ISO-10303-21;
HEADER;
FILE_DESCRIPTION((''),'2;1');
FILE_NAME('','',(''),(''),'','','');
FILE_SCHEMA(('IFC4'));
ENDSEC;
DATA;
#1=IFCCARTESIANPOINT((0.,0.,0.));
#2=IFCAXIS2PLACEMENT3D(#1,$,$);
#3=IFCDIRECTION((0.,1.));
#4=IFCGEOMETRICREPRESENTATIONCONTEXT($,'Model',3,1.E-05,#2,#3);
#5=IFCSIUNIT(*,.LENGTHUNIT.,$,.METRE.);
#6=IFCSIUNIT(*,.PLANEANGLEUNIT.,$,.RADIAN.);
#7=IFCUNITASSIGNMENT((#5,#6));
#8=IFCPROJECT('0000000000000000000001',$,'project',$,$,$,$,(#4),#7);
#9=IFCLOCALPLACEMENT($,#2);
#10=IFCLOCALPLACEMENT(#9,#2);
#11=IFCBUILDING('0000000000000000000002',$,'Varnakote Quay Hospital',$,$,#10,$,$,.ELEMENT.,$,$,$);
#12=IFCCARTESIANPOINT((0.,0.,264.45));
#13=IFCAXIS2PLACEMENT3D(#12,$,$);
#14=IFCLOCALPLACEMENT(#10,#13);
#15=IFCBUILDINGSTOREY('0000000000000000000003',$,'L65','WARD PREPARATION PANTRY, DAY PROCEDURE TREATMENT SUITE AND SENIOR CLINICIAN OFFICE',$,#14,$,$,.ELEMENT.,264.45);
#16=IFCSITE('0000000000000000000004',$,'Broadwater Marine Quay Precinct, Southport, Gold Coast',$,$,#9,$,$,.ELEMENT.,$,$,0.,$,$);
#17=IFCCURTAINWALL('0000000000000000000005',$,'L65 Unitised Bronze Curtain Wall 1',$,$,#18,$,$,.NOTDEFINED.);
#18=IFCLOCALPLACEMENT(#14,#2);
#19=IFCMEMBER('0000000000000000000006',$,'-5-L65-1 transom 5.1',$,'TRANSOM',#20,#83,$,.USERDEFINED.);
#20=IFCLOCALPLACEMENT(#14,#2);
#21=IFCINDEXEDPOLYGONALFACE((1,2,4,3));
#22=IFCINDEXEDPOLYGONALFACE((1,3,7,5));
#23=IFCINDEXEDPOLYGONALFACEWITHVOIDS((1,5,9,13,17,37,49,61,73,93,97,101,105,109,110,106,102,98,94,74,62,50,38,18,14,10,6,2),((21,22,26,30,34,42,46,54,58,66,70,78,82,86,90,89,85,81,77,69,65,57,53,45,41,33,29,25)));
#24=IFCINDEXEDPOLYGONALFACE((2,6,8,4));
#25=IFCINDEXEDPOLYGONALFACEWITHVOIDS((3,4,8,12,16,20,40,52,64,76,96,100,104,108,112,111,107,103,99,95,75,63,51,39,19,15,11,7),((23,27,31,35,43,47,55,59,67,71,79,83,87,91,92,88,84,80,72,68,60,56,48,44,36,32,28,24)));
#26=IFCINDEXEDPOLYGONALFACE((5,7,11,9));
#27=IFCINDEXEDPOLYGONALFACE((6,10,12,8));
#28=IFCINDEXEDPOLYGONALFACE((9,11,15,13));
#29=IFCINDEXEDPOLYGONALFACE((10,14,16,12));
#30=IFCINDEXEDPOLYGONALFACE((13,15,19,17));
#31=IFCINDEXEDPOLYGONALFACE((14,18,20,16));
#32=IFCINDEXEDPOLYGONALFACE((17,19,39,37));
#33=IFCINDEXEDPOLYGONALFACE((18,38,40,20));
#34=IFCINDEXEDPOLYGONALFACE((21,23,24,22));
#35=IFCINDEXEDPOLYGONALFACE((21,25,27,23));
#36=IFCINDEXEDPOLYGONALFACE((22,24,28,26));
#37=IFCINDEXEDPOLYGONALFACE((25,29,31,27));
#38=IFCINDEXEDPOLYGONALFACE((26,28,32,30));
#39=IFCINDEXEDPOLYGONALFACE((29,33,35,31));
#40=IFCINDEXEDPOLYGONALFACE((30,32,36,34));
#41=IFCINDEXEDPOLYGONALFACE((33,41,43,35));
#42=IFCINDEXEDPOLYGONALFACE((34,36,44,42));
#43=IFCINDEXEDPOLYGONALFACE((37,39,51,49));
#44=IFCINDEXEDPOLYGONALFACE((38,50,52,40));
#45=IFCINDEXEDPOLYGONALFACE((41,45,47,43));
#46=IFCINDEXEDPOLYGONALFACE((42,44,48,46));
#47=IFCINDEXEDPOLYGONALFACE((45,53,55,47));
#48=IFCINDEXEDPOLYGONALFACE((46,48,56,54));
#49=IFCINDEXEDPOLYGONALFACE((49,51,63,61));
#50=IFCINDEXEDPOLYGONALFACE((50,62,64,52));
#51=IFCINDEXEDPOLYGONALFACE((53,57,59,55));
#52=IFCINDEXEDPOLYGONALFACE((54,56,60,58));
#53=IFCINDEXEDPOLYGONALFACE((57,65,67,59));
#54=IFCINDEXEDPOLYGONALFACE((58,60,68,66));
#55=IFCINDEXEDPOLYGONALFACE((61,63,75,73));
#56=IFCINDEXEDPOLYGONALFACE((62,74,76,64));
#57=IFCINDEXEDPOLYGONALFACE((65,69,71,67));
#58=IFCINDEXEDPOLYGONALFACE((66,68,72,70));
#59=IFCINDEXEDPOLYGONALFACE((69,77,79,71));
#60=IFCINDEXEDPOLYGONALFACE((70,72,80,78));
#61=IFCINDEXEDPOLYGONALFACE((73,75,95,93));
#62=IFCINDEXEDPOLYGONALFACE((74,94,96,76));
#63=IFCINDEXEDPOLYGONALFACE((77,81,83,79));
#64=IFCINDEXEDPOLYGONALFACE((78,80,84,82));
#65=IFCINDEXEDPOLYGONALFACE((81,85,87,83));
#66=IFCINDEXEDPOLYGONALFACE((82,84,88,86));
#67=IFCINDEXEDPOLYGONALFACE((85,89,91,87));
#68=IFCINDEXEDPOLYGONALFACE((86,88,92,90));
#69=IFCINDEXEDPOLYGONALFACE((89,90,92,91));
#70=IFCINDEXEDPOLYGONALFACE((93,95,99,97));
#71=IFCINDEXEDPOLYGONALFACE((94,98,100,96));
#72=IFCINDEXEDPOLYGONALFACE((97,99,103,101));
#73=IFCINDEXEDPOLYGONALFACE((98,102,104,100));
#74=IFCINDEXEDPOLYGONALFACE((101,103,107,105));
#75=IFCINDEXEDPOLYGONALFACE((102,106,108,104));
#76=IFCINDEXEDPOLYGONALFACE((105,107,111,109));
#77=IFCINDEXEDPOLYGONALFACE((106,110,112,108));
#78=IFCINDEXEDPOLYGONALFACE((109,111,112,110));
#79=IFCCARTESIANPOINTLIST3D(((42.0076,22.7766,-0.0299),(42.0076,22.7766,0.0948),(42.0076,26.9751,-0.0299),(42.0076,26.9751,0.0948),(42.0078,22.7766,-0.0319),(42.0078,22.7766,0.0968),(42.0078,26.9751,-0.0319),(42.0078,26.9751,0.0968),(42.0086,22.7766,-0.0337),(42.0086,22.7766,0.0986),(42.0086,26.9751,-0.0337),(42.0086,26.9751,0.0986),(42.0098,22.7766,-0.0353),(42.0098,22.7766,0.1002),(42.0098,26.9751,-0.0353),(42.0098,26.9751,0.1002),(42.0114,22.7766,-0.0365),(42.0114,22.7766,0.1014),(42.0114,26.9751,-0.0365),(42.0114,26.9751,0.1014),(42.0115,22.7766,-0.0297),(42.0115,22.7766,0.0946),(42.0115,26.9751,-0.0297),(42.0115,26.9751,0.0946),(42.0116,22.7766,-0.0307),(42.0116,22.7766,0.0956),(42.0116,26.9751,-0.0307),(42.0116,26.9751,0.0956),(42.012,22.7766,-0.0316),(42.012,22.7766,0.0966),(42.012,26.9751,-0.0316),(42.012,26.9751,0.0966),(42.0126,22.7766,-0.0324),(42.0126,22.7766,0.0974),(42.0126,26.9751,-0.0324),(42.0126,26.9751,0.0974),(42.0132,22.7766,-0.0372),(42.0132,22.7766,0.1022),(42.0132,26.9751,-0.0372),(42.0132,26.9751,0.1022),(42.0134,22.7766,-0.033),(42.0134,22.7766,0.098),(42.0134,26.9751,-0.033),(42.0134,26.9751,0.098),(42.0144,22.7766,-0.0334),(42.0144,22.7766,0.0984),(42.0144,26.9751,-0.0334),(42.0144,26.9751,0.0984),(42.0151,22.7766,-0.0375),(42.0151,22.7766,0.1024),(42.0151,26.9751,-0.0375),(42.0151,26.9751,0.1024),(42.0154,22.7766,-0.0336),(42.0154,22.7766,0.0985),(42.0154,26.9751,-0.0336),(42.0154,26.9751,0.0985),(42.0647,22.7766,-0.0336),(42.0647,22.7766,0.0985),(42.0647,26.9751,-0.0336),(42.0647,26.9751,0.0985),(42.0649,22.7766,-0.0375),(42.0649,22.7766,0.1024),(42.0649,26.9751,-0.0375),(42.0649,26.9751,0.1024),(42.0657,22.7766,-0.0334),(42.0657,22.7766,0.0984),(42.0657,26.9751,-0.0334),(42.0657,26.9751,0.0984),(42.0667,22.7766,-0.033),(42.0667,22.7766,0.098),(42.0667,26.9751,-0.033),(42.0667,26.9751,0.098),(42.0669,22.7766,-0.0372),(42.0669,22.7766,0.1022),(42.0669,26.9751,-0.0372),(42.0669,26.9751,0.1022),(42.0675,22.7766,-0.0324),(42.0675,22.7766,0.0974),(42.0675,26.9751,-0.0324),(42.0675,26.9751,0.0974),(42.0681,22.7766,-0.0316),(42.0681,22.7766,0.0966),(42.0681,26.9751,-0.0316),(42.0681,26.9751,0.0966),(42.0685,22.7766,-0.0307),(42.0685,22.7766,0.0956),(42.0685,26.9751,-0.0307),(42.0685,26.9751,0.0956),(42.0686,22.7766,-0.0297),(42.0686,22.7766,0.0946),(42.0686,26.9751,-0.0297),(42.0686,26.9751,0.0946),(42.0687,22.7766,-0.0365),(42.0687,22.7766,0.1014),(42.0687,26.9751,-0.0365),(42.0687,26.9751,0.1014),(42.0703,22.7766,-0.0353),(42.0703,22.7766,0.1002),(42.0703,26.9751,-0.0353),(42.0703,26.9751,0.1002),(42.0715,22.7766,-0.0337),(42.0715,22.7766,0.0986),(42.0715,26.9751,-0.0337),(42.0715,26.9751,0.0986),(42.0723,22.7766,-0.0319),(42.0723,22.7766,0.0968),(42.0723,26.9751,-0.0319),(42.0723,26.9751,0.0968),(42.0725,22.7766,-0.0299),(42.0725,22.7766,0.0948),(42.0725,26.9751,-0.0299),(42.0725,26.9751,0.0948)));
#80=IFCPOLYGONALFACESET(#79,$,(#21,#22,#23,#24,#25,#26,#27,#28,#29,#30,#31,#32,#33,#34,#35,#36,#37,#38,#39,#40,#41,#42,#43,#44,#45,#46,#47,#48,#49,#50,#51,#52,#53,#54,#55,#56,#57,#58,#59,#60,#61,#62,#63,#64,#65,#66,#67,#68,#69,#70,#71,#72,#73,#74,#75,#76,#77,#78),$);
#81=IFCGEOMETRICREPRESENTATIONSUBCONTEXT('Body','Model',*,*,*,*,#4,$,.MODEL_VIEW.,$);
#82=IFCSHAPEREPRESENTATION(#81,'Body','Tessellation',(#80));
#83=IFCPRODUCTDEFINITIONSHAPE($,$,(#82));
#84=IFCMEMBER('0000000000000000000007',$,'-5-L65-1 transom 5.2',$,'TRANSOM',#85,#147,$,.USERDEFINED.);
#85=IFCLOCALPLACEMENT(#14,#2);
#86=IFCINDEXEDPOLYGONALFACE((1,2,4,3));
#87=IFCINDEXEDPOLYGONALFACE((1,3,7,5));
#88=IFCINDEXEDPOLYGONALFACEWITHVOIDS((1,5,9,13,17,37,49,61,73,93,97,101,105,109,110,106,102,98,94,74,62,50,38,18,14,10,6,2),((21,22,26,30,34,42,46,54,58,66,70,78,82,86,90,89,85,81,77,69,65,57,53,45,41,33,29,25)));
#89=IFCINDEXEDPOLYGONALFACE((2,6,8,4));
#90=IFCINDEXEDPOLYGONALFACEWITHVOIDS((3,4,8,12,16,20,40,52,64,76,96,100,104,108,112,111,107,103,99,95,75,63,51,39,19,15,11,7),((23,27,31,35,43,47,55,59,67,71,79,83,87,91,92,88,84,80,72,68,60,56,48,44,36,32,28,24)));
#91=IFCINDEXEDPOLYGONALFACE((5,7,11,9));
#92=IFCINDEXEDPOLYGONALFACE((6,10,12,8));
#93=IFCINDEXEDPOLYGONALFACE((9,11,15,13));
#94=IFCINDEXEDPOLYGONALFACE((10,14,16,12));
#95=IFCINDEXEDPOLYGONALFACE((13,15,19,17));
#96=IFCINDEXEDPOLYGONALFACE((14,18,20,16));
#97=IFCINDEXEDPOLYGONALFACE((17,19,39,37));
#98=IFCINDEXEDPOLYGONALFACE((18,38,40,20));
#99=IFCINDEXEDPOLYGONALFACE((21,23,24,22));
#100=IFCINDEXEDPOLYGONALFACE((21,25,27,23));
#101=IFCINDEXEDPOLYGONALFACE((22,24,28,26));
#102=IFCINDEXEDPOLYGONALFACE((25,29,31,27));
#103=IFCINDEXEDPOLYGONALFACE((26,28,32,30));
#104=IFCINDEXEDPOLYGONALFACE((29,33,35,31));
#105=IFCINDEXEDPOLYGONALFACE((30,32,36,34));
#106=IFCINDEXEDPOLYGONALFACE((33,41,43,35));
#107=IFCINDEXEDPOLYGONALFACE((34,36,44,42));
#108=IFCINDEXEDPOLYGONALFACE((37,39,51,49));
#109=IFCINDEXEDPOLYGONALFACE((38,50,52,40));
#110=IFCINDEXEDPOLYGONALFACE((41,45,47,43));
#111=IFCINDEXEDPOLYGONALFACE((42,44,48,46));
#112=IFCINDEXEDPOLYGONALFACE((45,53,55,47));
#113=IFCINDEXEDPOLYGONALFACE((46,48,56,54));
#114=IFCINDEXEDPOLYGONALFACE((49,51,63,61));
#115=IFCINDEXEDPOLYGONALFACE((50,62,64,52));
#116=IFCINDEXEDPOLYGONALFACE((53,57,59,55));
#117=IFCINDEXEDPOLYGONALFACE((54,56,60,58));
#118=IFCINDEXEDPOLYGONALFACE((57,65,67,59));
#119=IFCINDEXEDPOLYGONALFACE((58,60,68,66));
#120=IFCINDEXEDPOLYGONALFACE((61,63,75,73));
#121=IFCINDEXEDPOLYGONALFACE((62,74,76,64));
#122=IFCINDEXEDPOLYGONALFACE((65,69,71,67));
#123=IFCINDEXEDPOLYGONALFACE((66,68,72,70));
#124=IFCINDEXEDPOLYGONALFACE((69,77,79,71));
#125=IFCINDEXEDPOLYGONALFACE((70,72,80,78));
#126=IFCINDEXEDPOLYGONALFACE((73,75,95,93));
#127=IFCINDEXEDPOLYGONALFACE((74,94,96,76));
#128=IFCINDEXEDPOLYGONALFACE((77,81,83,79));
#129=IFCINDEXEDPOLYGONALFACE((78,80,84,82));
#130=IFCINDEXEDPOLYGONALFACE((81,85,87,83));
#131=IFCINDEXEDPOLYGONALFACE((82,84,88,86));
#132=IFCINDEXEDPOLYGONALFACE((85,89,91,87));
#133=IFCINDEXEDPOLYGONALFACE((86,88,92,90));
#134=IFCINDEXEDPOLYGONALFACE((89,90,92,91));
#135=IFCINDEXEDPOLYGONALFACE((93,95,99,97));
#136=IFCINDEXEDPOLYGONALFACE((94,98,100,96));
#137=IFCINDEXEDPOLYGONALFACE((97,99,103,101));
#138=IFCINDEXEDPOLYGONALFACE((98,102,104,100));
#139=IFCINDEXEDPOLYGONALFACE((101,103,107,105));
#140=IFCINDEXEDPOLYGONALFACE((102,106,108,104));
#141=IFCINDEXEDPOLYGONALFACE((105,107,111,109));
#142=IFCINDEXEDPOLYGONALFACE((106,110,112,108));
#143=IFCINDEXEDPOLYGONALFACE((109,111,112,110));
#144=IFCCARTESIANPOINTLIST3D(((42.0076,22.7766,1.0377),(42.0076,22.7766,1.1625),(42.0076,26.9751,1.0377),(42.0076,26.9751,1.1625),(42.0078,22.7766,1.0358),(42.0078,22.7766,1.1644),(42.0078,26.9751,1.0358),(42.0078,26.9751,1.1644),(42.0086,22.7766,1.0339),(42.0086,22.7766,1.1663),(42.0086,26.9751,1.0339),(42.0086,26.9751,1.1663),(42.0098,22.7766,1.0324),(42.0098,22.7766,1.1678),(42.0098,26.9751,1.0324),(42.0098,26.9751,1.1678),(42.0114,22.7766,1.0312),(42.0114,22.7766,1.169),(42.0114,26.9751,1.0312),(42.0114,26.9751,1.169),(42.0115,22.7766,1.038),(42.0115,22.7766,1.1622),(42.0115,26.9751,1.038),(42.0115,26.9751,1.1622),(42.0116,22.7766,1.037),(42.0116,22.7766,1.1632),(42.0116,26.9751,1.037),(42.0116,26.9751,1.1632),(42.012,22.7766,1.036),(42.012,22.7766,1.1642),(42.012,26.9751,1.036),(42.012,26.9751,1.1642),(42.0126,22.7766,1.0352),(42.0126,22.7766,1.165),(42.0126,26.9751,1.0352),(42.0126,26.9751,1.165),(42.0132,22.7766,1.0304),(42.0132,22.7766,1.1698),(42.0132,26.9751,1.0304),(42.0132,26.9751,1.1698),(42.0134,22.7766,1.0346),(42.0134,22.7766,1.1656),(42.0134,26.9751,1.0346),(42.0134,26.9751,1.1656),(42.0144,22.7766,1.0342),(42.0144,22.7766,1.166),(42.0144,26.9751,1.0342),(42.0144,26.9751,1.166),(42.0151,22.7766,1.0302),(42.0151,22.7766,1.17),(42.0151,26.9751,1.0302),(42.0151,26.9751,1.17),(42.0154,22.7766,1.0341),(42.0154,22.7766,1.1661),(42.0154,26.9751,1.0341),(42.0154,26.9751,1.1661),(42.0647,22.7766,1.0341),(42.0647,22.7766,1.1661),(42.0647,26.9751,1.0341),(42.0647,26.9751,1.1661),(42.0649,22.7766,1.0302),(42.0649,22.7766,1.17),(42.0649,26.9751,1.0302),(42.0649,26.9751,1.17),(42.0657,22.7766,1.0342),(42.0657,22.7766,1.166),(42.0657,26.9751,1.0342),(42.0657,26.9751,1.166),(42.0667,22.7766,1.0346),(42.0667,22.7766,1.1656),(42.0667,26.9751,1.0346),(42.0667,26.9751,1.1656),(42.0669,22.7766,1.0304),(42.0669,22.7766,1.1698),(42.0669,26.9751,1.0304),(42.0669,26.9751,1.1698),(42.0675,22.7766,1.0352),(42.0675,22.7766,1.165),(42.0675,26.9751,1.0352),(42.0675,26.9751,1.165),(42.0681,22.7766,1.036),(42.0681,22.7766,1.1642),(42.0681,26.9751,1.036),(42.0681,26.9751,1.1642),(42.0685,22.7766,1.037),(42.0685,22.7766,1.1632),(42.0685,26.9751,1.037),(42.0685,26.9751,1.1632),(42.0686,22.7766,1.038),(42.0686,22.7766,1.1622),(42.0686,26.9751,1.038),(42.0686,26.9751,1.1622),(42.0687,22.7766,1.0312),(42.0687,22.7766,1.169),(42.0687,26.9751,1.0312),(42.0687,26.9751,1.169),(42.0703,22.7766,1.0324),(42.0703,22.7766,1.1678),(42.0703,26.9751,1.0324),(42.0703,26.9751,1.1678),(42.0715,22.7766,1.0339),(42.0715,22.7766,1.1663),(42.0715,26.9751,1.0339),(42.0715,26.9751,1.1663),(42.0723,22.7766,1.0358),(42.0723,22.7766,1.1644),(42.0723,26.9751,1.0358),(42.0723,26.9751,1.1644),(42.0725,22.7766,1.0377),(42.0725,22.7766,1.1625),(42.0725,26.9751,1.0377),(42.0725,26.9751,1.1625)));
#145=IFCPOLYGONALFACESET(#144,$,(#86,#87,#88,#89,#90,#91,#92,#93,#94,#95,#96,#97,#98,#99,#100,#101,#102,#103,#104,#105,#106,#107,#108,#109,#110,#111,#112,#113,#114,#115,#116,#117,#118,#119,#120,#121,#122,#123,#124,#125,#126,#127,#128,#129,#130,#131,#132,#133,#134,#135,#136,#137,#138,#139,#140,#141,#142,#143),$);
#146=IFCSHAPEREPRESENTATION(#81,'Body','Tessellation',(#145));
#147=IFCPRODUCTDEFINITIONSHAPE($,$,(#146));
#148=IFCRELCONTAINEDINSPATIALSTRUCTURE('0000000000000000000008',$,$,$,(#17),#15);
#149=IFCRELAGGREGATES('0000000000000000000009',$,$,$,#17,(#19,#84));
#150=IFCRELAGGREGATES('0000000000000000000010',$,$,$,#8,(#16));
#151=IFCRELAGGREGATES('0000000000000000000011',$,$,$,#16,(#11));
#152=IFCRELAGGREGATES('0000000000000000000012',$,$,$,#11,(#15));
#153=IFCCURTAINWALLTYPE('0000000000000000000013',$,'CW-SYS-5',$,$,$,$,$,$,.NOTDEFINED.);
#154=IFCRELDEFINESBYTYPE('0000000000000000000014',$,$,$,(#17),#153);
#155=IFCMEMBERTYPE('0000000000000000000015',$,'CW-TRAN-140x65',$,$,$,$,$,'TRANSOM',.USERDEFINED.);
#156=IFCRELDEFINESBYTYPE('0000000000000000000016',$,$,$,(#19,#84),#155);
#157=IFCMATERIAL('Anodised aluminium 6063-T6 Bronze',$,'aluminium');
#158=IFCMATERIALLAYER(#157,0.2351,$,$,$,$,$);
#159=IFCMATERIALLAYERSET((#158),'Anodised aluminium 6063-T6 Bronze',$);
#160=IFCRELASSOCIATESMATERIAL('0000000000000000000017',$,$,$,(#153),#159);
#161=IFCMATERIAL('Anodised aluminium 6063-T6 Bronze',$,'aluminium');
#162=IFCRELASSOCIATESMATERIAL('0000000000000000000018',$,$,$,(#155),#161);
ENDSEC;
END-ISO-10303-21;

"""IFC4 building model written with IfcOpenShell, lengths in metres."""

from ifc_helpers import new_model, si_unit, direction, frame, origin, origin_2d, place, context, subcontext, project, spatial, hollow_rectangle, extrude, material, layer, layer_set, material_profile, profile_set, type_object, element, aggregate, save


model = new_model("IFC4")

# Units and contexts
model_context = context("Model", 3, precision=1e-05, world=origin(), true_north=direction((0.0, 1.0)))
body_context = subcontext(model_context, "Body", "Model", "MODEL_VIEW")
ifc_project = project(units=[si_unit("LENGTHUNIT", "METRE"), si_unit("PLANEANGLEUNIT", "RADIAN")], contexts=[model_context])

# Site, building, storey
site_placement = place(None, origin())
site = spatial("IfcSite", under=ifc_project, at=site_placement, Name="Broadwater Marine Quay Precinct, Southport, Gold Coast", CompositionType="ELEMENT", RefElevation=0.0)
building_placement = place(site_placement, origin())
building = spatial("IfcBuilding", under=site, at=building_placement, Name="Varnakote Quay Hospital", CompositionType="ELEMENT")
storey_placement = place(building_placement, frame((0.0, 0.0, 264.45)))
storey = spatial("IfcBuildingStorey", under=building, at=storey_placement, Name="L65", Description="WARD PREPARATION PANTRY, DAY PROCEDURE TREATMENT SUITE AND SENIOR CLINICIAN OFFICE", CompositionType="ELEMENT", Elevation=264.45)

# Curtain wall
ifc_material_1 = material(Name="Anodised aluminium 6063-T6 Bronze", Category="aluminium")
ifc_layer_1 = layer(ifc_material_1, 0.2351)
ifc_layer_set_1 = layer_set([ifc_layer_1], Name="Anodised aluminium 6063-T6 Bronze")
curtain_wall_type = type_object("IfcCurtainWallType", Name="CW-SYS-5", PredefinedType="NOTDEFINED", material=ifc_layer_set_1)
curtain_wall_1_placement = place(storey_placement, origin())
curtain_wall_1 = element("IfcCurtainWall", 1, at=curtain_wall_1_placement, inside=storey, type_object=curtain_wall_type, Name="L65 Unitised Bronze Curtain Wall 1", PredefinedType="NOTDEFINED")

# Members
ifc_material_2 = material(Name="Anodised aluminium 6063-T6 Bronze", Category="aluminium")
ifc_material_profile_1 = material_profile(ifc_material_2, hollow_rectangle(XDim=0.0649, YDim=0.1399, WallThickness=0.0039, InnerFilletRadius=0.0039, OuterFilletRadius=0.0076, at=origin_2d()), Name="CW-TRAN-140x65")
ifc_profile_set_1 = profile_set([ifc_material_profile_1], Name="Anodised aluminium 6063-T6 Bronze")
member_type_1 = type_object("IfcMemberType", Name="CW-TRAN-140x65", ElementType="TRANSOM", PredefinedType="USERDEFINED", material=ifc_profile_set_1)
member_1_placement = place(storey_placement, frame((42.04, 22.7766, 0.0325), z_axis=(0.0, 1.0, 0.0), x_axis=(-1.0, 0.0, 0.0)))
member_1 = element("IfcMember", 2, at=member_1_placement, type_object=member_type_1, Name="-5-L65-1 transom 5.1", ObjectType="TRANSOM", PredefinedType="USERDEFINED", context=body_context, shape_type="SweptSolid", body=[
    extrude(hollow_rectangle(XDim=0.0649, YDim=0.1399, WallThickness=0.0039, InnerFilletRadius=0.0039, OuterFilletRadius=0.0076, at=origin_2d()), origin(), (0.0, 0.0, 1.0), 4.1985),
])
member_2_placement = place(storey_placement, frame((42.04, 22.7766, 1.1001), z_axis=(0.0, 1.0, 0.0), x_axis=(-1.0, 0.0, 0.0)))
member_2 = element("IfcMember", 3, at=member_2_placement, type_object=member_type_1, Name="-5-L65-1 transom 5.2", ObjectType="TRANSOM", PredefinedType="USERDEFINED", context=body_context, shape_type="SweptSolid", body=[
    extrude(hollow_rectangle(XDim=0.0649, YDim=0.1399, WallThickness=0.0039, InnerFilletRadius=0.0039, OuterFilletRadius=0.0076, at=origin_2d()), origin(), (0.0, 0.0, 1.0), 4.1985),
])

aggregate(curtain_wall_1, [member_1, member_2])

save(model, "model.ifc")
